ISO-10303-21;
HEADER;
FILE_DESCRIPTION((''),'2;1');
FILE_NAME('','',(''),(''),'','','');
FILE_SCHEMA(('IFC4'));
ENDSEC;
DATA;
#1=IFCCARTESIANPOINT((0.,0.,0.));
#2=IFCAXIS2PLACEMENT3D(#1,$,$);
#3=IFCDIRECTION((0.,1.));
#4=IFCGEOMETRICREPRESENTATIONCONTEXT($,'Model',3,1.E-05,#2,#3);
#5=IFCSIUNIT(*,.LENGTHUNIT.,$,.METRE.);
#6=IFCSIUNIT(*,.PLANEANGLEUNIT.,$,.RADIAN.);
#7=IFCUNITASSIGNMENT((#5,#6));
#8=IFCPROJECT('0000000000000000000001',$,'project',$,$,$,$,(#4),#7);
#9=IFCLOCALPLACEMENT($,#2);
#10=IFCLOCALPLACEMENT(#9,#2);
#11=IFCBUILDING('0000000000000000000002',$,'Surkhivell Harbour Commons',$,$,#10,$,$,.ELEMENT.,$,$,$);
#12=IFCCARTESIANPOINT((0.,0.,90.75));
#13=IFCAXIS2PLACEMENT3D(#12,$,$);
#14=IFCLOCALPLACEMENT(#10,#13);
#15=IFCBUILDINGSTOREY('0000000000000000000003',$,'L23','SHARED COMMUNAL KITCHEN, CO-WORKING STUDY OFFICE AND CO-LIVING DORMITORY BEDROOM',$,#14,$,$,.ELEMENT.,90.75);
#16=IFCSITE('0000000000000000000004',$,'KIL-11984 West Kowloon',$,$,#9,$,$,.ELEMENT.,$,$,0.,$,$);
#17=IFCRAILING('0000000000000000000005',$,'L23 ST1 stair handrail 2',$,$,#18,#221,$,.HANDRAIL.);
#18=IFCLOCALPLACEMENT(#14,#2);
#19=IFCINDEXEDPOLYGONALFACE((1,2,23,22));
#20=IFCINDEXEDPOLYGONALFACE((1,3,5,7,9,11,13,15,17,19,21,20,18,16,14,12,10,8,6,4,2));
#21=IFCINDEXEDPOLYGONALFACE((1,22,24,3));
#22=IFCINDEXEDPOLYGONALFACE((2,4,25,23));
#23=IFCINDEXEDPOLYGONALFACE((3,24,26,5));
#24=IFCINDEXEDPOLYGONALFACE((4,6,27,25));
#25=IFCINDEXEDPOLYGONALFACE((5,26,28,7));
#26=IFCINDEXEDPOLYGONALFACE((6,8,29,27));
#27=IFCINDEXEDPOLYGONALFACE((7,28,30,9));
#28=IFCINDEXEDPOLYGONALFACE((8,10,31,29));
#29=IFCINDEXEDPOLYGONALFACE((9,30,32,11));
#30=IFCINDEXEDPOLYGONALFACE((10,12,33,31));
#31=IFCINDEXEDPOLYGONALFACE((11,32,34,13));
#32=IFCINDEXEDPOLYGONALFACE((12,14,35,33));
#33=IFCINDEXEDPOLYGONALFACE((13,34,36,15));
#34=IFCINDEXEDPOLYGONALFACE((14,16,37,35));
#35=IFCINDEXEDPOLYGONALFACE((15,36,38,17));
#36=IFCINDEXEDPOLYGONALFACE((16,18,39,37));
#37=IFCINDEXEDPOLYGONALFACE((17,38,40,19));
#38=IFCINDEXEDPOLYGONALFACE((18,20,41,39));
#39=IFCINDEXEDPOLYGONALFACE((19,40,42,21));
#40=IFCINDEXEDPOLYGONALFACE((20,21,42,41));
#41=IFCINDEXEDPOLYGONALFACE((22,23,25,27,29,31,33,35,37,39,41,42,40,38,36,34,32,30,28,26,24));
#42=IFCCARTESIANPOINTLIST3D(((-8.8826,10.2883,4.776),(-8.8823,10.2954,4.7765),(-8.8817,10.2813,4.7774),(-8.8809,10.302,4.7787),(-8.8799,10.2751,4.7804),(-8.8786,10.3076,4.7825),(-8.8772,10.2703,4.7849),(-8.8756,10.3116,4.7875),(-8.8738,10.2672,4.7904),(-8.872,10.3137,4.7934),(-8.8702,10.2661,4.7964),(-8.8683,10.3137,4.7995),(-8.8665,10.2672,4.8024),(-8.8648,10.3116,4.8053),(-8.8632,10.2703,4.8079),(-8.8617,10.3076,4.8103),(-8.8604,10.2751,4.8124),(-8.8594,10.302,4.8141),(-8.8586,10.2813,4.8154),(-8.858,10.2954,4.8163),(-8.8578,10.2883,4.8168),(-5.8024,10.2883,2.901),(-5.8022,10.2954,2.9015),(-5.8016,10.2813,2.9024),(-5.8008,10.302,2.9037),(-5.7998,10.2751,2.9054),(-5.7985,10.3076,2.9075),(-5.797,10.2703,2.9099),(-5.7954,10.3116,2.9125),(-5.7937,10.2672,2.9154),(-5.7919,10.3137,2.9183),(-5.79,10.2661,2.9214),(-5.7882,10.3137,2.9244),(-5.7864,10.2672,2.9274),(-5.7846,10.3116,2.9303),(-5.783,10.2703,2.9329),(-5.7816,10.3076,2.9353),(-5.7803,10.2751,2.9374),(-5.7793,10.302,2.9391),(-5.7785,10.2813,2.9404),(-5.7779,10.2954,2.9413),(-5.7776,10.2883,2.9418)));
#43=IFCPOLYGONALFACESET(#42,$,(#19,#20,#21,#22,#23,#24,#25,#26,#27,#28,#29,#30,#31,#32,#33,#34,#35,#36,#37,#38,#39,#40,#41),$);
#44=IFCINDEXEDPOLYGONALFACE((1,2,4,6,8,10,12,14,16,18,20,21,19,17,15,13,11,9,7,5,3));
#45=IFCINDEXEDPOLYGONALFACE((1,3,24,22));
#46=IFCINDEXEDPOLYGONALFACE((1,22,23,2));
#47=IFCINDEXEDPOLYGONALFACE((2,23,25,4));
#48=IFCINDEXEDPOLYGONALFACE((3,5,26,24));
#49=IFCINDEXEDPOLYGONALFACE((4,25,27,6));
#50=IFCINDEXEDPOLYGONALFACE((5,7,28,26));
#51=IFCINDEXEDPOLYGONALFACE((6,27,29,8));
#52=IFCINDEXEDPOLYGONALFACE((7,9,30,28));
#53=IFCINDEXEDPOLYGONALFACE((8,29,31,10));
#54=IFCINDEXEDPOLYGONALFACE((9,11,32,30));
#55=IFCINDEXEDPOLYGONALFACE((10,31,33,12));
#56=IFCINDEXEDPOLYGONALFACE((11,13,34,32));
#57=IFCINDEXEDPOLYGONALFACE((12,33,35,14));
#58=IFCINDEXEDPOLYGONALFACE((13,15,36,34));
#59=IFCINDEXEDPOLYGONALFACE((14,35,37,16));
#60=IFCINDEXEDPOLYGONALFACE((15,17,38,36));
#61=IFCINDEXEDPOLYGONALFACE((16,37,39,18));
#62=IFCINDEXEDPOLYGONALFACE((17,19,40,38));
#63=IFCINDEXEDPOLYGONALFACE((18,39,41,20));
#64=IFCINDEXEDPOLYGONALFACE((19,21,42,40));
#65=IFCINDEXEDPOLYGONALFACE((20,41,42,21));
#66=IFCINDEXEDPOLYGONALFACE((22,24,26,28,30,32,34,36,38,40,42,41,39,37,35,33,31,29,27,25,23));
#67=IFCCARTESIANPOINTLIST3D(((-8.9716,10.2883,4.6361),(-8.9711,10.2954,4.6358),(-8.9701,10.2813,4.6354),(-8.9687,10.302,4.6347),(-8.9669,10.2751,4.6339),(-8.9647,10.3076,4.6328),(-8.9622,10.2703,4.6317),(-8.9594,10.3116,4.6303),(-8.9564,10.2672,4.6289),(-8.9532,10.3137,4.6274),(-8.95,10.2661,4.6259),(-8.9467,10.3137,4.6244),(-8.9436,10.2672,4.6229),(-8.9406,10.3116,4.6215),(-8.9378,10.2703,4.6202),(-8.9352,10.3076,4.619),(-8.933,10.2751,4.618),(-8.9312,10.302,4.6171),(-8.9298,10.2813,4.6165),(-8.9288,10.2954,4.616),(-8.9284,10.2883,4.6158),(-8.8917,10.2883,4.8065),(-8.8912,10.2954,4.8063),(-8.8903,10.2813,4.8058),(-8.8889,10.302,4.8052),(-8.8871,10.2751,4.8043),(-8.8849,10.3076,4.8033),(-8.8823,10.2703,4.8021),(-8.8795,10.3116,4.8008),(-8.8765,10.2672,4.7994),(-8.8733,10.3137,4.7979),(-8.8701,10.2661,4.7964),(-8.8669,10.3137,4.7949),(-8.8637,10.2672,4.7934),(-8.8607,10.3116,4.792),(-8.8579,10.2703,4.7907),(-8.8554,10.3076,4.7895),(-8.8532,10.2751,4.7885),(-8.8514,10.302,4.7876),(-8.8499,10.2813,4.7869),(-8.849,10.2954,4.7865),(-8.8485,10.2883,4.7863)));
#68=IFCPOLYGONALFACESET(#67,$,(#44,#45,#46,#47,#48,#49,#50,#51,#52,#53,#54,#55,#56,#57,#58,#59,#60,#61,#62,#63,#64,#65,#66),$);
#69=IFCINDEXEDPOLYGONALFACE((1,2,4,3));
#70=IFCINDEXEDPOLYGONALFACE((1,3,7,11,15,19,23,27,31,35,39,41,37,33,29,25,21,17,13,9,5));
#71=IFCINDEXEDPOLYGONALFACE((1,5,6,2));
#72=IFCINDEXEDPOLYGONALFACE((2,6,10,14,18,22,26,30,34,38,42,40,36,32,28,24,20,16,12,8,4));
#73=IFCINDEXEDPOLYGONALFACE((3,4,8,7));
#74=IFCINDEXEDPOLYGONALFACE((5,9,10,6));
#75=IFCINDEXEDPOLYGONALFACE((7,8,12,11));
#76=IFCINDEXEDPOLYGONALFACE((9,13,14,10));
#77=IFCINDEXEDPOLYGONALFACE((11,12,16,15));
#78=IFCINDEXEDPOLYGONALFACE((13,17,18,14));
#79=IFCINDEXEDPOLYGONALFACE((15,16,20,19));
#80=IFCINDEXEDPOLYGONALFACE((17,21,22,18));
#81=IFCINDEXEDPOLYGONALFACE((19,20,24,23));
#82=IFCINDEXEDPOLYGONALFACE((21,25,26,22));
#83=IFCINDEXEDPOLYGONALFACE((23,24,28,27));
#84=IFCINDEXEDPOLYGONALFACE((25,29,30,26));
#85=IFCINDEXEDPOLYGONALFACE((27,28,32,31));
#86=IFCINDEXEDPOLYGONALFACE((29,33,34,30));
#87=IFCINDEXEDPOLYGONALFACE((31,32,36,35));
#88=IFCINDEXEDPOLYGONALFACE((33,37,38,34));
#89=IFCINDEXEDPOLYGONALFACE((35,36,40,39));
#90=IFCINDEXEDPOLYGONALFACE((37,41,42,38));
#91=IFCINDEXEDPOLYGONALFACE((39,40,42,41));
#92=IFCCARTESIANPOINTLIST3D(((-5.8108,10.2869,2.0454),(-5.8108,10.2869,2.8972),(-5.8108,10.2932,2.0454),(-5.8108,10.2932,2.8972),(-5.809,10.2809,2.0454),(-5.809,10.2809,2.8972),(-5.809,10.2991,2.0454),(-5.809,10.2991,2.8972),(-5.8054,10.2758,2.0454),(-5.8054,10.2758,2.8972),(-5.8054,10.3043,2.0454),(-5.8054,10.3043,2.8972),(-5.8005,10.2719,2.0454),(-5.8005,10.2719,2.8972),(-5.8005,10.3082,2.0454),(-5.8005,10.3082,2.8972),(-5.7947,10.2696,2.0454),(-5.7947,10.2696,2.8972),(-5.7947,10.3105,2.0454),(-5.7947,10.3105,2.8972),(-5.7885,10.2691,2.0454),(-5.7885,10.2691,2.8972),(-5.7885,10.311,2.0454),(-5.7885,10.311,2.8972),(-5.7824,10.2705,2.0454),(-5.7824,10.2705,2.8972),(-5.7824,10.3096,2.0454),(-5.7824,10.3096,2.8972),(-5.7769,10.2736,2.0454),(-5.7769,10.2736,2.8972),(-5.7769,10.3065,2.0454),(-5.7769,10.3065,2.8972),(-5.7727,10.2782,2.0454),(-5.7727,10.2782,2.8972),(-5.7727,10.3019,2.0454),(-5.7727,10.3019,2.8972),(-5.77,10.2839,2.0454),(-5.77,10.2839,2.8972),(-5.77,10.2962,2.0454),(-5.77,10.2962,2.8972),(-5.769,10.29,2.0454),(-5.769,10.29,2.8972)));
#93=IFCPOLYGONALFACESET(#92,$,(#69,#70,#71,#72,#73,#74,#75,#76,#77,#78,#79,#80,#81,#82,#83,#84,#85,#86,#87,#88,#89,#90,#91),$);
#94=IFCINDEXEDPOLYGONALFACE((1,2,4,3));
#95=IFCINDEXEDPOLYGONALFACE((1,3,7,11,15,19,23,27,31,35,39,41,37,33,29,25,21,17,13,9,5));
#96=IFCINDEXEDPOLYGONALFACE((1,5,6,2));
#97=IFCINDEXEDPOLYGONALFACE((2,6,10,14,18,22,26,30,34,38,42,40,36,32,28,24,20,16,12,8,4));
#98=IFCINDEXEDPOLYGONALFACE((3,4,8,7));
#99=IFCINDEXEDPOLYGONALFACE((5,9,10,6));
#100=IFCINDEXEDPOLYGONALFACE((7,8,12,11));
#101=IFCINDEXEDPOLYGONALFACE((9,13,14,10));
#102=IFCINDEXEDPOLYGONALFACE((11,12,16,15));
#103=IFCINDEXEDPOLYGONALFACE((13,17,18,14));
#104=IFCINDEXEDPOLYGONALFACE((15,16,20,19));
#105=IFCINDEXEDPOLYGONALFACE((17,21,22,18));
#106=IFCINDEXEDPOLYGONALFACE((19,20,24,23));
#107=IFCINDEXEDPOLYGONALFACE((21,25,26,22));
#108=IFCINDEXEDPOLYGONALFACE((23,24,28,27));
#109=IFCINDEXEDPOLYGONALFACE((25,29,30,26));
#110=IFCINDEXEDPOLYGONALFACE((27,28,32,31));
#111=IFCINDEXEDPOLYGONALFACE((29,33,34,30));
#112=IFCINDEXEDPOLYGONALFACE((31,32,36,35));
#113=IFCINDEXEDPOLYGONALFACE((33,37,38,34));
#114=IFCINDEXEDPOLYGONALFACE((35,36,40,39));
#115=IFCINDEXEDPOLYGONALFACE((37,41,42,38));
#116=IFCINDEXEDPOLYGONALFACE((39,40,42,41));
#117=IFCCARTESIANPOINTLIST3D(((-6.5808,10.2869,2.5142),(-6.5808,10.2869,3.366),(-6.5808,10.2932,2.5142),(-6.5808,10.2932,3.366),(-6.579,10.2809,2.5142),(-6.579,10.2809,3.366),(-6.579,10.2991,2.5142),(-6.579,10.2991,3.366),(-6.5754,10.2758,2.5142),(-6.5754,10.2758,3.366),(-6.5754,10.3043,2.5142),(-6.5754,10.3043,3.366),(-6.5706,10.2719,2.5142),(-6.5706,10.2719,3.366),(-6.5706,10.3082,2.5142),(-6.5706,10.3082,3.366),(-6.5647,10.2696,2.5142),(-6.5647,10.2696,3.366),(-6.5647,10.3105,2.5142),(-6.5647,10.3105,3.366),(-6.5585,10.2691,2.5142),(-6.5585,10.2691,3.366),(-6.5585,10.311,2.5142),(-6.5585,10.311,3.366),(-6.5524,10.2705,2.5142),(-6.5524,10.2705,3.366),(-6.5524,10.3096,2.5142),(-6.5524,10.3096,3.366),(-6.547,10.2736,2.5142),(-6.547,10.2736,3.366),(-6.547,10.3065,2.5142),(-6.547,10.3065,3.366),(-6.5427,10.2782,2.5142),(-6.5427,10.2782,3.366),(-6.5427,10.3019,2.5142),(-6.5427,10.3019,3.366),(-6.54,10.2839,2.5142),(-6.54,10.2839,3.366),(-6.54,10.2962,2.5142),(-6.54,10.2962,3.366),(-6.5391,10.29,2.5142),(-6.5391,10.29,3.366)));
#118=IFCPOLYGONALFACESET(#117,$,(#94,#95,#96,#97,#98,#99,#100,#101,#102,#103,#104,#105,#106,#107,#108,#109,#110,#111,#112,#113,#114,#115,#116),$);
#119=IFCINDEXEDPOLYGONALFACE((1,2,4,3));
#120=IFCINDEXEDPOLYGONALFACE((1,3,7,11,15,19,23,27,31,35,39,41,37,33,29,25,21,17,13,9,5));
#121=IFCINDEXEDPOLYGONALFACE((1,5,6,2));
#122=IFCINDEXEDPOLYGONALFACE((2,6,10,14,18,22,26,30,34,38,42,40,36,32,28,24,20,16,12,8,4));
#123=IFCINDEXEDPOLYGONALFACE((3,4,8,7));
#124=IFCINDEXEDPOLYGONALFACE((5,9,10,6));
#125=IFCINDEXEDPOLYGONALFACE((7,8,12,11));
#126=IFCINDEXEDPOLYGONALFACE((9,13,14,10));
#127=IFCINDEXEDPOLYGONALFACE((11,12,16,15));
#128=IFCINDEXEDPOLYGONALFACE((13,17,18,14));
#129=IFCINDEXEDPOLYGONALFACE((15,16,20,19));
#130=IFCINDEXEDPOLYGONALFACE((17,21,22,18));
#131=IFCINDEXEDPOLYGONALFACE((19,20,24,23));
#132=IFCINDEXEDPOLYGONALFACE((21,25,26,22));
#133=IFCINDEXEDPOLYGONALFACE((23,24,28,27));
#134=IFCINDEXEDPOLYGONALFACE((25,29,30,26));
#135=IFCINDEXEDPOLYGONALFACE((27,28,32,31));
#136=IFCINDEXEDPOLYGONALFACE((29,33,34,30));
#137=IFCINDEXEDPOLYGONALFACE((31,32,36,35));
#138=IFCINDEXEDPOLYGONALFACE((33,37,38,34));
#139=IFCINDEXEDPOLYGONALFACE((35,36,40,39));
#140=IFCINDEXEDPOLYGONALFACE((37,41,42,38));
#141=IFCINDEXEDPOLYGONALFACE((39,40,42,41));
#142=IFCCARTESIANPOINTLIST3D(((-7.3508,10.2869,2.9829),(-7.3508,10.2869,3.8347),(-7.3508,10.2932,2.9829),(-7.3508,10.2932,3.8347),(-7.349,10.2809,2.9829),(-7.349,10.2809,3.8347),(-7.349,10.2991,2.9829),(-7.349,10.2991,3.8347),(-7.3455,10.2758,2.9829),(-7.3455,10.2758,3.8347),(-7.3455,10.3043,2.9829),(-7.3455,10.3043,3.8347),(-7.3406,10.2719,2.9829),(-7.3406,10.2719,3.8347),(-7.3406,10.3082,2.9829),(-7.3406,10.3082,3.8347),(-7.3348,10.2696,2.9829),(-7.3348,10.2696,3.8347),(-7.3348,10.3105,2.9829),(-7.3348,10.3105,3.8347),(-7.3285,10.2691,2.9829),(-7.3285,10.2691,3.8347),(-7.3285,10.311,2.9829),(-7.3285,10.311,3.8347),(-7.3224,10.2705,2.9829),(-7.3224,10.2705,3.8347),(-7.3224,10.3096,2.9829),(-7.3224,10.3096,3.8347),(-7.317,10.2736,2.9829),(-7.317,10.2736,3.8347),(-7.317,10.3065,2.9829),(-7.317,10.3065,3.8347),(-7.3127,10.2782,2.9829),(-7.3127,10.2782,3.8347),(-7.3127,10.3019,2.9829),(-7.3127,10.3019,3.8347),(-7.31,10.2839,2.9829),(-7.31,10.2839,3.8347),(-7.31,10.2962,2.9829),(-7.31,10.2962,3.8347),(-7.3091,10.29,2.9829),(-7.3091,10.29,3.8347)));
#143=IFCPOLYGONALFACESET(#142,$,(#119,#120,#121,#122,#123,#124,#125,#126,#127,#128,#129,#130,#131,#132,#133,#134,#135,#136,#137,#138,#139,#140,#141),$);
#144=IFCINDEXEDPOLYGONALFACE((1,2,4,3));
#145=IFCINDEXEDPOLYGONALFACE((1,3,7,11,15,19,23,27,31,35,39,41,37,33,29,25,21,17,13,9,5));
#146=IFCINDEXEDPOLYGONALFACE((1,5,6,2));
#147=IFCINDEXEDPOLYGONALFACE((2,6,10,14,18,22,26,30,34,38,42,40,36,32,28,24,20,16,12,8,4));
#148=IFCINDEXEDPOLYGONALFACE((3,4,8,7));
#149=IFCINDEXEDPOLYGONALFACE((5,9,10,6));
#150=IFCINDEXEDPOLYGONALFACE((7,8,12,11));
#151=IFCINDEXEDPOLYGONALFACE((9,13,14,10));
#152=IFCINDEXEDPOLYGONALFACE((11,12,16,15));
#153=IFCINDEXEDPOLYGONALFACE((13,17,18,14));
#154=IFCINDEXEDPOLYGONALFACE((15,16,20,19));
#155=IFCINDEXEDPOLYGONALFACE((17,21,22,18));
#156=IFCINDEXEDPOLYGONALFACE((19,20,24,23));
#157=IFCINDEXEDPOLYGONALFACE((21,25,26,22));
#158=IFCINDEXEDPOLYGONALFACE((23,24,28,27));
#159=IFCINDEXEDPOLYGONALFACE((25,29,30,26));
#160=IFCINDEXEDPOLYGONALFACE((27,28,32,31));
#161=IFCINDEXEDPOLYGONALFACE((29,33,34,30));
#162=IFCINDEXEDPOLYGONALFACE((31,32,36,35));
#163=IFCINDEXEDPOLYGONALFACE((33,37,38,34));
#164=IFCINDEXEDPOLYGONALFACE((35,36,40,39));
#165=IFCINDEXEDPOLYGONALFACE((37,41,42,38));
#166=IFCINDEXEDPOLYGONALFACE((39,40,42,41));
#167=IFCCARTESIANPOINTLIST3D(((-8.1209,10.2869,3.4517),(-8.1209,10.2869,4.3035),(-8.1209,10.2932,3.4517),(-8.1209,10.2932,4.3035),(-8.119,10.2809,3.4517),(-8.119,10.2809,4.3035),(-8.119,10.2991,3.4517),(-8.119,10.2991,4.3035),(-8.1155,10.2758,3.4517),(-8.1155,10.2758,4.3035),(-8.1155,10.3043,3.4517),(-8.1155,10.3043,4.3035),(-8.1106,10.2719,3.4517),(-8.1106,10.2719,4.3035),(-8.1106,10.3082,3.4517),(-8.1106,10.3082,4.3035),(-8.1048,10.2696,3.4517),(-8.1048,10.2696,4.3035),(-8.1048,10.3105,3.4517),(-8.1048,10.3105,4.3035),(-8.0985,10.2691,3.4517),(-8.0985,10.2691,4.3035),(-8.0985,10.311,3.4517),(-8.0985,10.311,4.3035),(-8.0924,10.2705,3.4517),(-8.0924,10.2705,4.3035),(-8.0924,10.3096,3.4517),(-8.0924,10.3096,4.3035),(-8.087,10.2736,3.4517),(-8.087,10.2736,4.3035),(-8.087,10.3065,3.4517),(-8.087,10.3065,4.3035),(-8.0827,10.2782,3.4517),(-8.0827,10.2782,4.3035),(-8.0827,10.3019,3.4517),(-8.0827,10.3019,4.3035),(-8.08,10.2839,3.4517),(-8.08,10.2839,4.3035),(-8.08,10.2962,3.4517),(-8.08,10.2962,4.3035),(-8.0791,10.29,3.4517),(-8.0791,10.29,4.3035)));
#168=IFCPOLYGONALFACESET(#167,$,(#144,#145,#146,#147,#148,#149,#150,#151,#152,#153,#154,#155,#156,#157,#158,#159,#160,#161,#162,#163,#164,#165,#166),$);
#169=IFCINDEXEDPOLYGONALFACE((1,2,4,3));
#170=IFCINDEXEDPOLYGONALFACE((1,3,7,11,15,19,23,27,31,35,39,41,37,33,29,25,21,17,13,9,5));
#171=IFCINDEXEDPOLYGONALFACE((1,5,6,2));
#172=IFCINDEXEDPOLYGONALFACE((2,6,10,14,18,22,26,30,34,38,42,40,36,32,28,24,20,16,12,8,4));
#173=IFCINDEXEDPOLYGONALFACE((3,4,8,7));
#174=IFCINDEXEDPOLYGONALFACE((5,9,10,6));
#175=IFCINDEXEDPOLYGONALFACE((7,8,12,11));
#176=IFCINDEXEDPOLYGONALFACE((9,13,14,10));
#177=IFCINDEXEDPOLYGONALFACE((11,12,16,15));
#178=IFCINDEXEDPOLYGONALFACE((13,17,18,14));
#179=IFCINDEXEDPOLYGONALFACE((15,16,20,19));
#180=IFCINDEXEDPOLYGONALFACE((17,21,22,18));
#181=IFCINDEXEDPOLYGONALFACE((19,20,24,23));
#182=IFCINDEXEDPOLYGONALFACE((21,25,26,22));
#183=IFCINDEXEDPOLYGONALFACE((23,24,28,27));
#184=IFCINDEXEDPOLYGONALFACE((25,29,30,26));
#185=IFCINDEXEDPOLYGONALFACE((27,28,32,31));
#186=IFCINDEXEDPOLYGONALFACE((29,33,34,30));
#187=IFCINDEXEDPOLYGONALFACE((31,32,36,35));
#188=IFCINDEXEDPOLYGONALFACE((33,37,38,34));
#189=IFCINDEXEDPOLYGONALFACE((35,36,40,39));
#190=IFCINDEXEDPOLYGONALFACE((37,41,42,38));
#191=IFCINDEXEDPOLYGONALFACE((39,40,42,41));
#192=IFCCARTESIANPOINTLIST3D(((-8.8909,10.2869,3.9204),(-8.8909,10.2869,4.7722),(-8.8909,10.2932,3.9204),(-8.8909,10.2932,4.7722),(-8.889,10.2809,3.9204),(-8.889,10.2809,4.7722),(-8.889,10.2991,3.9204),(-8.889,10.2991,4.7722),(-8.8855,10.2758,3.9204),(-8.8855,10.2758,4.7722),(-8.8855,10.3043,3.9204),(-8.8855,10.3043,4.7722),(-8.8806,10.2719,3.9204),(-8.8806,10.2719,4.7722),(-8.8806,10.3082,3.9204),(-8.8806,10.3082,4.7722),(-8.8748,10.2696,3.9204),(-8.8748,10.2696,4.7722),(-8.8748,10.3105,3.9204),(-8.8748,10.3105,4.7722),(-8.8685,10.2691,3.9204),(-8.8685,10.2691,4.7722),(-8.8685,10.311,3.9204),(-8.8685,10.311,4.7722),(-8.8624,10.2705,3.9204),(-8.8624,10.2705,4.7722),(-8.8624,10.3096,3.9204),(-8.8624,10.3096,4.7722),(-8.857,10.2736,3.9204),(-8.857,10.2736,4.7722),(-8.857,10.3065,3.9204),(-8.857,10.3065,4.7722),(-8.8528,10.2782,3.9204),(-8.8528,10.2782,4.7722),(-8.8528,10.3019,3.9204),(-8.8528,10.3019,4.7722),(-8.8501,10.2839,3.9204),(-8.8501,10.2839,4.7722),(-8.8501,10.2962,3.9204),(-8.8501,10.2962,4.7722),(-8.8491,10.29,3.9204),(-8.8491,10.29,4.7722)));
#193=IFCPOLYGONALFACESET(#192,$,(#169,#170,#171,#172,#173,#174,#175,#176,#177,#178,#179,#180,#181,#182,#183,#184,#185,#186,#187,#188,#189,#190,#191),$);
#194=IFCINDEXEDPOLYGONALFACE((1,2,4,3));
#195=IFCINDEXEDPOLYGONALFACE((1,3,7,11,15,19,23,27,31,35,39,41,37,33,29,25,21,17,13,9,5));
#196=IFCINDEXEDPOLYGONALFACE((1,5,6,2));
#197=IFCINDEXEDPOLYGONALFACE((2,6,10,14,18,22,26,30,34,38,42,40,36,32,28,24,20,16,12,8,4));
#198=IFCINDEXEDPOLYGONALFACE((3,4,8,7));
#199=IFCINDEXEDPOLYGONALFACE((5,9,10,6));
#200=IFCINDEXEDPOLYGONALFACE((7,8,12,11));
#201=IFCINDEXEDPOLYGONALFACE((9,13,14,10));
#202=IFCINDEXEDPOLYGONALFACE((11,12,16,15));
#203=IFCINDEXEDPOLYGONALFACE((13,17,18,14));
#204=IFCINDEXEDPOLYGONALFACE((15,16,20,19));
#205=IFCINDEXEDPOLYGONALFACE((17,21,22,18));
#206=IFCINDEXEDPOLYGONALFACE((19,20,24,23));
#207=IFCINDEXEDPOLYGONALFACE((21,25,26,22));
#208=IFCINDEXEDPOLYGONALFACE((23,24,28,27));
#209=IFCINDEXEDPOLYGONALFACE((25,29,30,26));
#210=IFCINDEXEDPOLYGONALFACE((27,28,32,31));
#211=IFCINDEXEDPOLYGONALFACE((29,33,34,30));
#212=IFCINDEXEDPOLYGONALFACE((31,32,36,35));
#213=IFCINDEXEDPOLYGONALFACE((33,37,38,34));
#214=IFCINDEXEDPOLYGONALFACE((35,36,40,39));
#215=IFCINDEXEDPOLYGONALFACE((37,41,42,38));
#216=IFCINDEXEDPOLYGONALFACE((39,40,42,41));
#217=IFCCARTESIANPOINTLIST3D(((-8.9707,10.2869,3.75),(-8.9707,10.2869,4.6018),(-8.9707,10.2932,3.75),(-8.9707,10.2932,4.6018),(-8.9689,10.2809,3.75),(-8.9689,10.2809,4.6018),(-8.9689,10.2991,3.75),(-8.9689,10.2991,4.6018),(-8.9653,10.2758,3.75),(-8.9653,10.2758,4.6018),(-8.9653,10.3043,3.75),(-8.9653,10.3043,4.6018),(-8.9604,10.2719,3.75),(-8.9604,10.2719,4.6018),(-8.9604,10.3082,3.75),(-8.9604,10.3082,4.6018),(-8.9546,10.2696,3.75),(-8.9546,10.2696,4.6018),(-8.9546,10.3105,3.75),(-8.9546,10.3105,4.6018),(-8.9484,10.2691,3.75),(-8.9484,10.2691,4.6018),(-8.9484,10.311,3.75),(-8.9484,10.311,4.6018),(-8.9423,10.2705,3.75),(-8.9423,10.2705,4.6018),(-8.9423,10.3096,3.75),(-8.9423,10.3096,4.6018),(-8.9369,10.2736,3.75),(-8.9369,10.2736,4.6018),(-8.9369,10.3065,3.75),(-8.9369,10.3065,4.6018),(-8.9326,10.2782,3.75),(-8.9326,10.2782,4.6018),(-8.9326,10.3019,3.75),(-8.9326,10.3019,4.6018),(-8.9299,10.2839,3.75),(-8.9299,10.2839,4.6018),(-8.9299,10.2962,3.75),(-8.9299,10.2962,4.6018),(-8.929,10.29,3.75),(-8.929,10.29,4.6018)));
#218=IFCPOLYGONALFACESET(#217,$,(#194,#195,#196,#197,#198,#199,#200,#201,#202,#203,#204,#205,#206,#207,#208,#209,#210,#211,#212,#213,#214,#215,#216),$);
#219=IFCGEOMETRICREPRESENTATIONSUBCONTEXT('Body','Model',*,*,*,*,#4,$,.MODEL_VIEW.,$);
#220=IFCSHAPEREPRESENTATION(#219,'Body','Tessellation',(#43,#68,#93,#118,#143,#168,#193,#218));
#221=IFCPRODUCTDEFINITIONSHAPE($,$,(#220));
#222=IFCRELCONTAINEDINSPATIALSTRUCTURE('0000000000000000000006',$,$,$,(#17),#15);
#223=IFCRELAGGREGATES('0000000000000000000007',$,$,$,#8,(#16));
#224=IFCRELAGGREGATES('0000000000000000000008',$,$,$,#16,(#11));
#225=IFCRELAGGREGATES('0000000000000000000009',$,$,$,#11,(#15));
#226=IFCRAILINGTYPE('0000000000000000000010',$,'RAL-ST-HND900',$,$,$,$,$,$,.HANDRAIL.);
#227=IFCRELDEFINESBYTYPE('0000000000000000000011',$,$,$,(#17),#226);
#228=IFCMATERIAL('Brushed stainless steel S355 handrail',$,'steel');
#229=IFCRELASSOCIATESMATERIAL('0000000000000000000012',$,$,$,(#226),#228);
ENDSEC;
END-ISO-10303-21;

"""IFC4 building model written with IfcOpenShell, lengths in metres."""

from ifc_helpers import new_model, si_unit, direction, frame, origin, origin_2d, place, context, subcontext, project, spatial, circle, extrude, material, type_object, element, save


model = new_model("IFC4")

# Units and contexts
model_context = context("Model", 3, precision=1e-05, world=origin(), true_north=direction((0.0, 1.0)))
body_context = subcontext(model_context, "Body", "Model", "MODEL_VIEW")
ifc_project = project(units=[si_unit("LENGTHUNIT", "METRE"), si_unit("PLANEANGLEUNIT", "RADIAN")], contexts=[model_context])

# Site, building, storey
site_placement = place(None, origin())
site = spatial("IfcSite", under=ifc_project, at=site_placement, Name="KIL-11984 West Kowloon", CompositionType="ELEMENT", RefElevation=0.0)
building_placement = place(site_placement, origin())
building = spatial("IfcBuilding", under=site, at=building_placement, Name="Surkhivell Harbour Commons", CompositionType="ELEMENT")
storey_placement = place(building_placement, frame((0.0, 0.0, 90.75)))
storey = spatial("IfcBuildingStorey", under=building, at=storey_placement, Name="L23", Description="SHARED COMMUNAL KITCHEN, CO-WORKING STUDY OFFICE AND CO-LIVING DORMITORY BEDROOM", CompositionType="ELEMENT", Elevation=90.75)

# Railing
ifc_material_1 = material(Name="Brushed stainless steel S355 handrail", Category="steel")
railing_type_1 = type_object("IfcRailingType", Name="RAL-ST-HND900", PredefinedType="HANDRAIL", material=ifc_material_1)
railing_1_placement = place(storey_placement, frame((-5.79, 10.29, 2.0454)))
element("IfcRailing", 1, at=railing_1_placement, inside=storey, type_object=railing_type_1, Name="L23 ST1 stair handrail 2", PredefinedType="HANDRAIL", context=body_context, shape_type="SweptSolid", body=[
    extrude(circle(Radius=0.0239, at=origin_2d()), frame((0.0, 0.0, 0.876), z_axis=(-0.854178, 0.0, 0.519981), x_axis=(0.0, -1.0, 0.0)), (0.0, 0.0, 1.0), 3.606),
    extrude(circle(Radius=0.0239, at=origin_2d()), frame((-3.0801, 0.0, 2.751), z_axis=(-0.424234, 0.0, -0.905552), x_axis=(0.0, -1.0, 0.0)), (0.0, 0.0, 1.0), 0.1882),
    extrude(circle(Radius=0.021, at=origin_2d()), origin(), (0.0, 0.0, 1.0), 0.8518),
    extrude(circle(Radius=0.021, at=origin_2d()), frame((-0.77, 0.0, 0.4688)), (0.0, 0.0, 1.0), 0.8518),
    extrude(circle(Radius=0.021, at=origin_2d()), frame((-1.54, 0.0, 0.9375)), (0.0, 0.0, 1.0), 0.8518),
    extrude(circle(Radius=0.021, at=origin_2d()), frame((-2.3101, 0.0, 1.4062)), (0.0, 0.0, 1.0), 0.8518),
    extrude(circle(Radius=0.021, at=origin_2d()), frame((-3.0801, 0.0, 1.875)), (0.0, 0.0, 1.0), 0.8518),
    extrude(circle(Radius=0.021, at=origin_2d()), frame((-3.1599, 0.0, 1.7046)), (0.0, 0.0, 1.0), 0.8518),
])

save(model, "model.ifc")
